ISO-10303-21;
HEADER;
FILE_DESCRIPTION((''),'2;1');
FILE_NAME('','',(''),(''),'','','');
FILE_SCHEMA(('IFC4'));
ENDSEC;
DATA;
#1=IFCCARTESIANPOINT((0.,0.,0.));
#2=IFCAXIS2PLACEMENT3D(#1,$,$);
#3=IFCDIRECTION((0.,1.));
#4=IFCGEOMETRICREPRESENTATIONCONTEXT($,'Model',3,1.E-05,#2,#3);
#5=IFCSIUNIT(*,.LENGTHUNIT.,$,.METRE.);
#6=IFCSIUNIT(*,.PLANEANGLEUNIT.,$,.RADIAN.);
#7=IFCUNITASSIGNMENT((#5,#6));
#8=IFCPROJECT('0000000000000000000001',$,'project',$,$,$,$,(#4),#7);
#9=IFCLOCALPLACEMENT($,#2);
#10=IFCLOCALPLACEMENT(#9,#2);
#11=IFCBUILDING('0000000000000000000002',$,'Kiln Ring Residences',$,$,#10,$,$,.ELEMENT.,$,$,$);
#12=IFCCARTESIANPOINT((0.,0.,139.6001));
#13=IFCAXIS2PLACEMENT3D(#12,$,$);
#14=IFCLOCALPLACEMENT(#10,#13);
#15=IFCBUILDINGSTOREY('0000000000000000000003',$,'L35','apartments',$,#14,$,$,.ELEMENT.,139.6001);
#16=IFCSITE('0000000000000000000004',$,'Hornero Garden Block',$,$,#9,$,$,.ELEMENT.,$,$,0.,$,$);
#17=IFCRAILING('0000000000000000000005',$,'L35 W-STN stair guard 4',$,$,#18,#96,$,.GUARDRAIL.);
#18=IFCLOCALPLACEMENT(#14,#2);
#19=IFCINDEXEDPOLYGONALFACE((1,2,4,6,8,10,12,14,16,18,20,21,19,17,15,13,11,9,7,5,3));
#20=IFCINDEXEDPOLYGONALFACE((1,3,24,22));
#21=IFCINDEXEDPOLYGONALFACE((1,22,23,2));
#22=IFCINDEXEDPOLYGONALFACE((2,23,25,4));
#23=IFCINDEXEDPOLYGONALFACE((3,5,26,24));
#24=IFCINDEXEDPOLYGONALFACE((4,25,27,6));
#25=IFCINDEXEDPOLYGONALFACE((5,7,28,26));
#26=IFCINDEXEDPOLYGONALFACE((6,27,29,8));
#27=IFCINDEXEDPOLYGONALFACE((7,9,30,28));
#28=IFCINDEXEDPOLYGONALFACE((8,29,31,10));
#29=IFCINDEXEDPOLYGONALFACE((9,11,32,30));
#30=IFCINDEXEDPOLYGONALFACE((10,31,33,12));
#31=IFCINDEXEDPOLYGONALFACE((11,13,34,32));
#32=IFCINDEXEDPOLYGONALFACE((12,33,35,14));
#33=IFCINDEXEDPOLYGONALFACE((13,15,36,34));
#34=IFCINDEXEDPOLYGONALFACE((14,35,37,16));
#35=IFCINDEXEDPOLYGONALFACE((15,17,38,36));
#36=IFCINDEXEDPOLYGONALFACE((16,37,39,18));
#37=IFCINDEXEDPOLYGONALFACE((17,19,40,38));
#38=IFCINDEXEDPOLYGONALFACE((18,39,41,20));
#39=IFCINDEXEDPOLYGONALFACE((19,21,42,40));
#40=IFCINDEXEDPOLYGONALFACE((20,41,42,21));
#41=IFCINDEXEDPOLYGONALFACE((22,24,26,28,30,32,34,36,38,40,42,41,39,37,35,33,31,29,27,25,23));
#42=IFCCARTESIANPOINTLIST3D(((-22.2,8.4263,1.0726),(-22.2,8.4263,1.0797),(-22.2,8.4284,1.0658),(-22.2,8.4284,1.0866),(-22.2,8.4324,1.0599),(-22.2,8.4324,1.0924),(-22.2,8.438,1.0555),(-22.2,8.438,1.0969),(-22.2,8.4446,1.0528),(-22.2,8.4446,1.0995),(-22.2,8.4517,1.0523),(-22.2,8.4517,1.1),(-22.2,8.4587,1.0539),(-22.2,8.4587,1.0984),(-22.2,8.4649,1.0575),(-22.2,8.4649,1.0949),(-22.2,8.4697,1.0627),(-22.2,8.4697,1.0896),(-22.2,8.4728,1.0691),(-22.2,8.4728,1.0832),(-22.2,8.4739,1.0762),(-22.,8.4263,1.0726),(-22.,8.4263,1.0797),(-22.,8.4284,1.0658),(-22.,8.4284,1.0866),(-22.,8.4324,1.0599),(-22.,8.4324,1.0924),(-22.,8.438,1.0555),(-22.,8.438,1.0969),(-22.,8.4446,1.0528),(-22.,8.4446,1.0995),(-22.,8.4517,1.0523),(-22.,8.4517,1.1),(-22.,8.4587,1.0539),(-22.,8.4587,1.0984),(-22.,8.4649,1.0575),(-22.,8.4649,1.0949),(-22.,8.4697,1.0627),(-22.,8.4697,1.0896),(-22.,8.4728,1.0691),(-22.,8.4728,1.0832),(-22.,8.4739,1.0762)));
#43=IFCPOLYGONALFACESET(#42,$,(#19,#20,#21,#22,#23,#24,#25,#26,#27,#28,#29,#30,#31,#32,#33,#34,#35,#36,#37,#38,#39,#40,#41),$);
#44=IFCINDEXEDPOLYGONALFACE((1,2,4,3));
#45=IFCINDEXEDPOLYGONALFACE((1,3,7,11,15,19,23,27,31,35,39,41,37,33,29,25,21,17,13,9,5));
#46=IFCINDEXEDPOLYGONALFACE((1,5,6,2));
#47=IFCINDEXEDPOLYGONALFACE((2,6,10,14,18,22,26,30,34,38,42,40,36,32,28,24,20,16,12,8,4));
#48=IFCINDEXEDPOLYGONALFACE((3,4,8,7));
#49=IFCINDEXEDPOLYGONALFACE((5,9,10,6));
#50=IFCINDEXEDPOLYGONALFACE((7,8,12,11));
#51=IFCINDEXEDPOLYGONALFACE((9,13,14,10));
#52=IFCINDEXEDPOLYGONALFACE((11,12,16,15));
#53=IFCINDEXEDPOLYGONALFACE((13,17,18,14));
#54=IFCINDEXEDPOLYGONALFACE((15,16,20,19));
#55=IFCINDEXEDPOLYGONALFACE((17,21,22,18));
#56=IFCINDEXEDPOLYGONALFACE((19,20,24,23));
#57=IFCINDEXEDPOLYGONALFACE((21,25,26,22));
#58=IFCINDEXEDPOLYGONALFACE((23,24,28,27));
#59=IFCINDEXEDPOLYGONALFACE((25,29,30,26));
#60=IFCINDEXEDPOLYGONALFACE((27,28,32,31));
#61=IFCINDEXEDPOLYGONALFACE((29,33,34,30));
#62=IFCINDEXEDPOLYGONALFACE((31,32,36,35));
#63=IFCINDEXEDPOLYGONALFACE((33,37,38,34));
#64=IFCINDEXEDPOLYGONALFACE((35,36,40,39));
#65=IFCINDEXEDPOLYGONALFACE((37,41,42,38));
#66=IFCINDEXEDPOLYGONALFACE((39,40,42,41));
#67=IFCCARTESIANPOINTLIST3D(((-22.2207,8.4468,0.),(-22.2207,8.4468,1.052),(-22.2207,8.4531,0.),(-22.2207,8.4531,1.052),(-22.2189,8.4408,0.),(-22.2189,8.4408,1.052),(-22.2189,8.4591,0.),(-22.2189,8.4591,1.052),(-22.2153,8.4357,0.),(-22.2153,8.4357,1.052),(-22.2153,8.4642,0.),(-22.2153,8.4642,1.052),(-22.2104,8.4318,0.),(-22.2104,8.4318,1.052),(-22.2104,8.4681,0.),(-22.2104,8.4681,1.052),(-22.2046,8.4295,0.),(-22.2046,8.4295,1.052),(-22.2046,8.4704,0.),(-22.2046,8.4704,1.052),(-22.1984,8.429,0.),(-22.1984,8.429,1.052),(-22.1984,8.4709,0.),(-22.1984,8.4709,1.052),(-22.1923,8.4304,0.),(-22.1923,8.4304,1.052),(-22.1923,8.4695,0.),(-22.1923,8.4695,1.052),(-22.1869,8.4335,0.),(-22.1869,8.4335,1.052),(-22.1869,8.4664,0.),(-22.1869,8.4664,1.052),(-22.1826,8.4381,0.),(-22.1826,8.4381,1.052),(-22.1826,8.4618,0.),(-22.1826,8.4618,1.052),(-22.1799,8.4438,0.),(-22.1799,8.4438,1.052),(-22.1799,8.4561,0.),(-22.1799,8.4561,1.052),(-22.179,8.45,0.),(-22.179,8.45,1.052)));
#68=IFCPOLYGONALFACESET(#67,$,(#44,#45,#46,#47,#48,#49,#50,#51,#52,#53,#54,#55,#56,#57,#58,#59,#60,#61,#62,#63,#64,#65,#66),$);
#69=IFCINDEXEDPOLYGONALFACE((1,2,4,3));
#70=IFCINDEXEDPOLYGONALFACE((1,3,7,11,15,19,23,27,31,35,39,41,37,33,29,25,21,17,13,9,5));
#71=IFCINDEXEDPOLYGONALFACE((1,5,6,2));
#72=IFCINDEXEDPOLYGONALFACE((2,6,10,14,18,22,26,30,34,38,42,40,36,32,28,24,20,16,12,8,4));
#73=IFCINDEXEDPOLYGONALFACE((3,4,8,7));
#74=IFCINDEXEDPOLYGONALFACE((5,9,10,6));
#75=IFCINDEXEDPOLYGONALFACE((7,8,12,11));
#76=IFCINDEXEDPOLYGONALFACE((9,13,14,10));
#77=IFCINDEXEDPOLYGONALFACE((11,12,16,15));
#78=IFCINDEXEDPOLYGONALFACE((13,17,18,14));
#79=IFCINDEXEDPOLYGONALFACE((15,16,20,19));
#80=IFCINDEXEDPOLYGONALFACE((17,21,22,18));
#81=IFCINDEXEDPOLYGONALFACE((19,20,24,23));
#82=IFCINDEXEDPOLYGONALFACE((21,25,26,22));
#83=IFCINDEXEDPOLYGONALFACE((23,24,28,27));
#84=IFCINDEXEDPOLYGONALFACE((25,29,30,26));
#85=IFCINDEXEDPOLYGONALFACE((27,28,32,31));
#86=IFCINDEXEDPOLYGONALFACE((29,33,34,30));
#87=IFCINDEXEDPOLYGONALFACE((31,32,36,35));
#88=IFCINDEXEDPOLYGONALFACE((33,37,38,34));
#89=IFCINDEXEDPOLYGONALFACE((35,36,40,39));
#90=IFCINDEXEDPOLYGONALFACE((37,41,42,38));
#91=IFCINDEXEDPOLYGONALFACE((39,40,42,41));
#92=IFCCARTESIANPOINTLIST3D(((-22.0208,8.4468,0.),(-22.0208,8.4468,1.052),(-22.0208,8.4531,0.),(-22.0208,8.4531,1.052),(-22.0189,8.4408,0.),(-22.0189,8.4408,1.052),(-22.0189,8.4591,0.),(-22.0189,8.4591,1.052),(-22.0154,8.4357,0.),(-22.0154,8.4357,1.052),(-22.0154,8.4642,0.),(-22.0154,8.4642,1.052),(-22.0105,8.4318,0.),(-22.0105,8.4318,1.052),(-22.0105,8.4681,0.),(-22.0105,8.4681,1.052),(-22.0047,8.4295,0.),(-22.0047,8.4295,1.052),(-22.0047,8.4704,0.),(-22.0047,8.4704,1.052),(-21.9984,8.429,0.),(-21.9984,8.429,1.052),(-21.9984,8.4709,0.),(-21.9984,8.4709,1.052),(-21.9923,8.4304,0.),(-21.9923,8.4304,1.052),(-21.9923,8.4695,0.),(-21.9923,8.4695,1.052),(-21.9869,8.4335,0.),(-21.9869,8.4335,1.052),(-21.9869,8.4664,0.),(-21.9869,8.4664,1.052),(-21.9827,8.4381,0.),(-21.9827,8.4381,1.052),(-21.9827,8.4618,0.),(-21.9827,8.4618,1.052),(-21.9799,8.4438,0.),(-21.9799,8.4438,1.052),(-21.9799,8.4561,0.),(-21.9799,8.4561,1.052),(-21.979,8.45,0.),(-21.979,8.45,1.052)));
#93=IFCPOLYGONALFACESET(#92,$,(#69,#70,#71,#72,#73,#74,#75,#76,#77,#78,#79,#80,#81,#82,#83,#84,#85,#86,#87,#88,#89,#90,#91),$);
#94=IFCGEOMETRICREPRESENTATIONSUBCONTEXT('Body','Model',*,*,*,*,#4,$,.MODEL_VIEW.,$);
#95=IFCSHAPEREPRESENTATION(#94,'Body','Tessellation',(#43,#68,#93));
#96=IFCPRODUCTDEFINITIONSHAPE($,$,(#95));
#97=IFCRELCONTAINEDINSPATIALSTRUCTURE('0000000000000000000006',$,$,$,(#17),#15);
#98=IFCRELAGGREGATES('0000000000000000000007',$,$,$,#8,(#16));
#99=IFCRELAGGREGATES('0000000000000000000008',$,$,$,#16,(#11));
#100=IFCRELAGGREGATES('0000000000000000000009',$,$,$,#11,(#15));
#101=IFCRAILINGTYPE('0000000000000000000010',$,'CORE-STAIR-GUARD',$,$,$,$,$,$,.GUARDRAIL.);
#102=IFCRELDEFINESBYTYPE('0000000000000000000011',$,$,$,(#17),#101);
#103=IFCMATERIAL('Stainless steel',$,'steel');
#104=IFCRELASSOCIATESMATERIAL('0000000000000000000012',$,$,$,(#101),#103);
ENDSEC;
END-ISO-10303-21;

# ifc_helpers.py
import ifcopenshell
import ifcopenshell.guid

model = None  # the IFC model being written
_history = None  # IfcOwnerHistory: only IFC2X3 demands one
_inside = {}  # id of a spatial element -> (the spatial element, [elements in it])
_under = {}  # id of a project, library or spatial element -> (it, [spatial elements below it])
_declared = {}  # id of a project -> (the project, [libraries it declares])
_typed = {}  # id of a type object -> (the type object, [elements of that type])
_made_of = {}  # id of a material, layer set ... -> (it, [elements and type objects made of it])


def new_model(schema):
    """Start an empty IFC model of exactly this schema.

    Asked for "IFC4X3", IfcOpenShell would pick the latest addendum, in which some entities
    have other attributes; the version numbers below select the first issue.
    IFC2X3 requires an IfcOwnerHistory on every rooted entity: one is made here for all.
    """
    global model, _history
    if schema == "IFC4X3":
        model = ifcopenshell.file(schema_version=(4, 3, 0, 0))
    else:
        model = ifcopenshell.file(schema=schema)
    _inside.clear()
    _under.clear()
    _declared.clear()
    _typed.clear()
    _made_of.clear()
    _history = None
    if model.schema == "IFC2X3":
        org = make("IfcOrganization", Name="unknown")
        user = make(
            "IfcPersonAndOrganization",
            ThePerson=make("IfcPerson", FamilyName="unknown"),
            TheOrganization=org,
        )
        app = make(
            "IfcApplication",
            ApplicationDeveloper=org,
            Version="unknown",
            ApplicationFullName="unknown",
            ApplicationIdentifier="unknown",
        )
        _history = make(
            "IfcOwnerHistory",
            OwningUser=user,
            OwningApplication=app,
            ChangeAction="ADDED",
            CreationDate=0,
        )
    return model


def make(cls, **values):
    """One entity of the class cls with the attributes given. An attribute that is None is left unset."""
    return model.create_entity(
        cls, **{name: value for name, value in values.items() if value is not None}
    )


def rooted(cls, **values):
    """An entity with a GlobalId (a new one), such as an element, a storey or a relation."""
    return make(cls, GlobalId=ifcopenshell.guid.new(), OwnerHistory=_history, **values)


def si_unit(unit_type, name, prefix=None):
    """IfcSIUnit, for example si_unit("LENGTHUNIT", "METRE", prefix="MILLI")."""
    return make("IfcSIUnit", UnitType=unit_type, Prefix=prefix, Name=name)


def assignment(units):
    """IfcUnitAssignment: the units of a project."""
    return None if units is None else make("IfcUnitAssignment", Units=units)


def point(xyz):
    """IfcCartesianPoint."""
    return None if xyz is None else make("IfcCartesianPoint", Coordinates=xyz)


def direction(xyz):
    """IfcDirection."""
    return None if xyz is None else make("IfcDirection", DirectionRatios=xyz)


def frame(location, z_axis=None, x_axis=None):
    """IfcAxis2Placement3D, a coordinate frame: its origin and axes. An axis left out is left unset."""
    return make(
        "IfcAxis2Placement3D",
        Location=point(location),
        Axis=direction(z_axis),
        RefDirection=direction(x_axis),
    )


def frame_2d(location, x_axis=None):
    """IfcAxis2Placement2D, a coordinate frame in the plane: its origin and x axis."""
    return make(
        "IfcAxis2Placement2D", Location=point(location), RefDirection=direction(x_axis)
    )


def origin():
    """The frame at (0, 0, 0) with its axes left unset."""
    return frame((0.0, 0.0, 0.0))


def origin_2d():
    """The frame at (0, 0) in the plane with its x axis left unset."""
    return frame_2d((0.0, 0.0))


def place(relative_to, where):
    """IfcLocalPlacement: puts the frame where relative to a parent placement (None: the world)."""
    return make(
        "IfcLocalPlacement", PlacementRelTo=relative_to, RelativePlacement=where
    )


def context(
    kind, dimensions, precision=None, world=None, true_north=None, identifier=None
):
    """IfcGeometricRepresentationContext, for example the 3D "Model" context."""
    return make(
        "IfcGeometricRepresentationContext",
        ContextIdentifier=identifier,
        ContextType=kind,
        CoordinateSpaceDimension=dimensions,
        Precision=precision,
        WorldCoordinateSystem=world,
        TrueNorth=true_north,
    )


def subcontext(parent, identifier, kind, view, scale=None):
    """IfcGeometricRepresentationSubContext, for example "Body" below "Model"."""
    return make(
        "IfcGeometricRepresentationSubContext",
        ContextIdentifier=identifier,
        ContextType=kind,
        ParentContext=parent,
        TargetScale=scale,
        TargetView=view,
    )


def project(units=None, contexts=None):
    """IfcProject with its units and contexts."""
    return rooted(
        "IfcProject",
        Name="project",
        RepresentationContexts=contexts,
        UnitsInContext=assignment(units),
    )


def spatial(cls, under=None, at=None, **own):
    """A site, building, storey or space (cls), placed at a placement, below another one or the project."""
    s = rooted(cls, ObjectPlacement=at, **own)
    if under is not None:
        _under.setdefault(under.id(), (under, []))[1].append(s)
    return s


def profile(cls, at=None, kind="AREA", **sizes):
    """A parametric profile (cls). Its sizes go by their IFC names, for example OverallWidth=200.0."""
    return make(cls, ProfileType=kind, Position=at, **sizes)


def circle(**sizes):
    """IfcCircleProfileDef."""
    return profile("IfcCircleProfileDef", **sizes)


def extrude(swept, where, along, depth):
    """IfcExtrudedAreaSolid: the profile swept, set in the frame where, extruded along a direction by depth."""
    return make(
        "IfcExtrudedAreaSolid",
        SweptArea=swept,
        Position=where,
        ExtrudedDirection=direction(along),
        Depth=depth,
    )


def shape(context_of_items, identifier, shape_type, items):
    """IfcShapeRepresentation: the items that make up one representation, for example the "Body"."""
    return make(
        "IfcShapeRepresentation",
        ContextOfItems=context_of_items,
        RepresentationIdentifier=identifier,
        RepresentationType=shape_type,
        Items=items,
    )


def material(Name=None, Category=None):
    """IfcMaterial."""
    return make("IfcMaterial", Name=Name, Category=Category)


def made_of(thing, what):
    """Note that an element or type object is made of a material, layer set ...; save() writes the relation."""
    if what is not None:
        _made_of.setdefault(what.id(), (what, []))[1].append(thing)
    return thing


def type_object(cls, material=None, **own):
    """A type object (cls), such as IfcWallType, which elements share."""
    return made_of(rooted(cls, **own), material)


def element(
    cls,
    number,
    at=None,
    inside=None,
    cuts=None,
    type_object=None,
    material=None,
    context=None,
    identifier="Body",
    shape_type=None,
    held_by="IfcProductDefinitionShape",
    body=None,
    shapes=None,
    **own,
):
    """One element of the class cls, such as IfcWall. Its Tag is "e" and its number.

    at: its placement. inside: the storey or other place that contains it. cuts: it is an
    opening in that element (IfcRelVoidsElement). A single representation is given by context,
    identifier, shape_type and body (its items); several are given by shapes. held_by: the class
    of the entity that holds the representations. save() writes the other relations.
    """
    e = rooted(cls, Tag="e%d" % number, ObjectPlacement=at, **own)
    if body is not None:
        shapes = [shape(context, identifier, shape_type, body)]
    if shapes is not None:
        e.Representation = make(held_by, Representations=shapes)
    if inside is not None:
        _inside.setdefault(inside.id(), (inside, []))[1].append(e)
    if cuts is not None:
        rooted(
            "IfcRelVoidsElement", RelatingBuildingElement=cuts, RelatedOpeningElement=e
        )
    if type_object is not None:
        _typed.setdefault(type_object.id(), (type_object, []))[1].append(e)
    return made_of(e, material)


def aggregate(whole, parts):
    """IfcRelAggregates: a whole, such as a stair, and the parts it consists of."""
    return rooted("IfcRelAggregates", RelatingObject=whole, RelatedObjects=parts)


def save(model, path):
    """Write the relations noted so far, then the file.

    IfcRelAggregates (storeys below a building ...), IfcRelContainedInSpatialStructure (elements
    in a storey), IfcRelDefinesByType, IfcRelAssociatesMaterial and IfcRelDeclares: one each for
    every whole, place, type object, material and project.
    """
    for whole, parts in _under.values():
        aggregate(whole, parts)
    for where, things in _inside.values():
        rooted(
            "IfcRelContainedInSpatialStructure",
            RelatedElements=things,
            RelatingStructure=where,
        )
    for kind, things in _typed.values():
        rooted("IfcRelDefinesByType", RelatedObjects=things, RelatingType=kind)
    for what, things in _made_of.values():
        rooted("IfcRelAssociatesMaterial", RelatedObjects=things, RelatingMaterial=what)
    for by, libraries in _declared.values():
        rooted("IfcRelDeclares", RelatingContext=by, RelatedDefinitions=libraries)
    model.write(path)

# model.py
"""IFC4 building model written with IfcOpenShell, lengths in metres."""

from ifc_helpers import new_model, si_unit, direction, frame, origin, origin_2d, place, context, subcontext, project, spatial, circle, extrude, material, type_object, element, save


model = new_model("IFC4")

# Units and contexts
model_context = context("Model", 3, precision=1e-05, world=origin(), true_north=direction((0.0, 1.0)))
body_context = subcontext(model_context, "Body", "Model", "MODEL_VIEW")
ifc_project = project(units=[si_unit("LENGTHUNIT", "METRE"), si_unit("PLANEANGLEUNIT", "RADIAN")], contexts=[model_context])

# Site, building, storey
site_placement = place(None, origin())
site = spatial("IfcSite", under=ifc_project, at=site_placement, Name="Hornero Garden Block", CompositionType="ELEMENT", RefElevation=0.0)
building_placement = place(site_placement, origin())
building = spatial("IfcBuilding", under=site, at=building_placement, Name="Kiln Ring Residences", CompositionType="ELEMENT")
storey_placement = place(building_placement, frame((0.0, 0.0, 139.6001)))
storey = spatial("IfcBuildingStorey", under=building, at=storey_placement, Name="L35", Description="apartments", CompositionType="ELEMENT", Elevation=139.6001)

# Railing
ifc_material_1 = material(Name="Stainless steel", Category="steel")
railing_type_1 = type_object("IfcRailingType", Name="CORE-STAIR-GUARD", PredefinedType="GUARDRAIL", material=ifc_material_1)
railing_1_placement = place(storey_placement, frame((-22.2, 8.45, 0.0)))
element("IfcRailing", 1, at=railing_1_placement, inside=storey, type_object=railing_type_1, Name="L35 W-STN stair guard 4", PredefinedType="GUARDRAIL", context=body_context, shape_type="SweptSolid", body=[
    extrude(circle(Radius=0.0239, at=origin_2d()), frame((0.0, 0.0, 1.0762), z_axis=(1.0, 0.0, 0.0), x_axis=(0.0, 1.0, 0.0)), (0.0, 0.0, 1.0), 0.2),
    extrude(circle(Radius=0.021, at=origin_2d()), origin(), (0.0, 0.0, 1.0), 1.052),
    extrude(circle(Radius=0.021, at=origin_2d()), frame((0.2, 0.0, 0.0)), (0.0, 0.0, 1.0), 1.052),
])

save(model, "model.ifc")
